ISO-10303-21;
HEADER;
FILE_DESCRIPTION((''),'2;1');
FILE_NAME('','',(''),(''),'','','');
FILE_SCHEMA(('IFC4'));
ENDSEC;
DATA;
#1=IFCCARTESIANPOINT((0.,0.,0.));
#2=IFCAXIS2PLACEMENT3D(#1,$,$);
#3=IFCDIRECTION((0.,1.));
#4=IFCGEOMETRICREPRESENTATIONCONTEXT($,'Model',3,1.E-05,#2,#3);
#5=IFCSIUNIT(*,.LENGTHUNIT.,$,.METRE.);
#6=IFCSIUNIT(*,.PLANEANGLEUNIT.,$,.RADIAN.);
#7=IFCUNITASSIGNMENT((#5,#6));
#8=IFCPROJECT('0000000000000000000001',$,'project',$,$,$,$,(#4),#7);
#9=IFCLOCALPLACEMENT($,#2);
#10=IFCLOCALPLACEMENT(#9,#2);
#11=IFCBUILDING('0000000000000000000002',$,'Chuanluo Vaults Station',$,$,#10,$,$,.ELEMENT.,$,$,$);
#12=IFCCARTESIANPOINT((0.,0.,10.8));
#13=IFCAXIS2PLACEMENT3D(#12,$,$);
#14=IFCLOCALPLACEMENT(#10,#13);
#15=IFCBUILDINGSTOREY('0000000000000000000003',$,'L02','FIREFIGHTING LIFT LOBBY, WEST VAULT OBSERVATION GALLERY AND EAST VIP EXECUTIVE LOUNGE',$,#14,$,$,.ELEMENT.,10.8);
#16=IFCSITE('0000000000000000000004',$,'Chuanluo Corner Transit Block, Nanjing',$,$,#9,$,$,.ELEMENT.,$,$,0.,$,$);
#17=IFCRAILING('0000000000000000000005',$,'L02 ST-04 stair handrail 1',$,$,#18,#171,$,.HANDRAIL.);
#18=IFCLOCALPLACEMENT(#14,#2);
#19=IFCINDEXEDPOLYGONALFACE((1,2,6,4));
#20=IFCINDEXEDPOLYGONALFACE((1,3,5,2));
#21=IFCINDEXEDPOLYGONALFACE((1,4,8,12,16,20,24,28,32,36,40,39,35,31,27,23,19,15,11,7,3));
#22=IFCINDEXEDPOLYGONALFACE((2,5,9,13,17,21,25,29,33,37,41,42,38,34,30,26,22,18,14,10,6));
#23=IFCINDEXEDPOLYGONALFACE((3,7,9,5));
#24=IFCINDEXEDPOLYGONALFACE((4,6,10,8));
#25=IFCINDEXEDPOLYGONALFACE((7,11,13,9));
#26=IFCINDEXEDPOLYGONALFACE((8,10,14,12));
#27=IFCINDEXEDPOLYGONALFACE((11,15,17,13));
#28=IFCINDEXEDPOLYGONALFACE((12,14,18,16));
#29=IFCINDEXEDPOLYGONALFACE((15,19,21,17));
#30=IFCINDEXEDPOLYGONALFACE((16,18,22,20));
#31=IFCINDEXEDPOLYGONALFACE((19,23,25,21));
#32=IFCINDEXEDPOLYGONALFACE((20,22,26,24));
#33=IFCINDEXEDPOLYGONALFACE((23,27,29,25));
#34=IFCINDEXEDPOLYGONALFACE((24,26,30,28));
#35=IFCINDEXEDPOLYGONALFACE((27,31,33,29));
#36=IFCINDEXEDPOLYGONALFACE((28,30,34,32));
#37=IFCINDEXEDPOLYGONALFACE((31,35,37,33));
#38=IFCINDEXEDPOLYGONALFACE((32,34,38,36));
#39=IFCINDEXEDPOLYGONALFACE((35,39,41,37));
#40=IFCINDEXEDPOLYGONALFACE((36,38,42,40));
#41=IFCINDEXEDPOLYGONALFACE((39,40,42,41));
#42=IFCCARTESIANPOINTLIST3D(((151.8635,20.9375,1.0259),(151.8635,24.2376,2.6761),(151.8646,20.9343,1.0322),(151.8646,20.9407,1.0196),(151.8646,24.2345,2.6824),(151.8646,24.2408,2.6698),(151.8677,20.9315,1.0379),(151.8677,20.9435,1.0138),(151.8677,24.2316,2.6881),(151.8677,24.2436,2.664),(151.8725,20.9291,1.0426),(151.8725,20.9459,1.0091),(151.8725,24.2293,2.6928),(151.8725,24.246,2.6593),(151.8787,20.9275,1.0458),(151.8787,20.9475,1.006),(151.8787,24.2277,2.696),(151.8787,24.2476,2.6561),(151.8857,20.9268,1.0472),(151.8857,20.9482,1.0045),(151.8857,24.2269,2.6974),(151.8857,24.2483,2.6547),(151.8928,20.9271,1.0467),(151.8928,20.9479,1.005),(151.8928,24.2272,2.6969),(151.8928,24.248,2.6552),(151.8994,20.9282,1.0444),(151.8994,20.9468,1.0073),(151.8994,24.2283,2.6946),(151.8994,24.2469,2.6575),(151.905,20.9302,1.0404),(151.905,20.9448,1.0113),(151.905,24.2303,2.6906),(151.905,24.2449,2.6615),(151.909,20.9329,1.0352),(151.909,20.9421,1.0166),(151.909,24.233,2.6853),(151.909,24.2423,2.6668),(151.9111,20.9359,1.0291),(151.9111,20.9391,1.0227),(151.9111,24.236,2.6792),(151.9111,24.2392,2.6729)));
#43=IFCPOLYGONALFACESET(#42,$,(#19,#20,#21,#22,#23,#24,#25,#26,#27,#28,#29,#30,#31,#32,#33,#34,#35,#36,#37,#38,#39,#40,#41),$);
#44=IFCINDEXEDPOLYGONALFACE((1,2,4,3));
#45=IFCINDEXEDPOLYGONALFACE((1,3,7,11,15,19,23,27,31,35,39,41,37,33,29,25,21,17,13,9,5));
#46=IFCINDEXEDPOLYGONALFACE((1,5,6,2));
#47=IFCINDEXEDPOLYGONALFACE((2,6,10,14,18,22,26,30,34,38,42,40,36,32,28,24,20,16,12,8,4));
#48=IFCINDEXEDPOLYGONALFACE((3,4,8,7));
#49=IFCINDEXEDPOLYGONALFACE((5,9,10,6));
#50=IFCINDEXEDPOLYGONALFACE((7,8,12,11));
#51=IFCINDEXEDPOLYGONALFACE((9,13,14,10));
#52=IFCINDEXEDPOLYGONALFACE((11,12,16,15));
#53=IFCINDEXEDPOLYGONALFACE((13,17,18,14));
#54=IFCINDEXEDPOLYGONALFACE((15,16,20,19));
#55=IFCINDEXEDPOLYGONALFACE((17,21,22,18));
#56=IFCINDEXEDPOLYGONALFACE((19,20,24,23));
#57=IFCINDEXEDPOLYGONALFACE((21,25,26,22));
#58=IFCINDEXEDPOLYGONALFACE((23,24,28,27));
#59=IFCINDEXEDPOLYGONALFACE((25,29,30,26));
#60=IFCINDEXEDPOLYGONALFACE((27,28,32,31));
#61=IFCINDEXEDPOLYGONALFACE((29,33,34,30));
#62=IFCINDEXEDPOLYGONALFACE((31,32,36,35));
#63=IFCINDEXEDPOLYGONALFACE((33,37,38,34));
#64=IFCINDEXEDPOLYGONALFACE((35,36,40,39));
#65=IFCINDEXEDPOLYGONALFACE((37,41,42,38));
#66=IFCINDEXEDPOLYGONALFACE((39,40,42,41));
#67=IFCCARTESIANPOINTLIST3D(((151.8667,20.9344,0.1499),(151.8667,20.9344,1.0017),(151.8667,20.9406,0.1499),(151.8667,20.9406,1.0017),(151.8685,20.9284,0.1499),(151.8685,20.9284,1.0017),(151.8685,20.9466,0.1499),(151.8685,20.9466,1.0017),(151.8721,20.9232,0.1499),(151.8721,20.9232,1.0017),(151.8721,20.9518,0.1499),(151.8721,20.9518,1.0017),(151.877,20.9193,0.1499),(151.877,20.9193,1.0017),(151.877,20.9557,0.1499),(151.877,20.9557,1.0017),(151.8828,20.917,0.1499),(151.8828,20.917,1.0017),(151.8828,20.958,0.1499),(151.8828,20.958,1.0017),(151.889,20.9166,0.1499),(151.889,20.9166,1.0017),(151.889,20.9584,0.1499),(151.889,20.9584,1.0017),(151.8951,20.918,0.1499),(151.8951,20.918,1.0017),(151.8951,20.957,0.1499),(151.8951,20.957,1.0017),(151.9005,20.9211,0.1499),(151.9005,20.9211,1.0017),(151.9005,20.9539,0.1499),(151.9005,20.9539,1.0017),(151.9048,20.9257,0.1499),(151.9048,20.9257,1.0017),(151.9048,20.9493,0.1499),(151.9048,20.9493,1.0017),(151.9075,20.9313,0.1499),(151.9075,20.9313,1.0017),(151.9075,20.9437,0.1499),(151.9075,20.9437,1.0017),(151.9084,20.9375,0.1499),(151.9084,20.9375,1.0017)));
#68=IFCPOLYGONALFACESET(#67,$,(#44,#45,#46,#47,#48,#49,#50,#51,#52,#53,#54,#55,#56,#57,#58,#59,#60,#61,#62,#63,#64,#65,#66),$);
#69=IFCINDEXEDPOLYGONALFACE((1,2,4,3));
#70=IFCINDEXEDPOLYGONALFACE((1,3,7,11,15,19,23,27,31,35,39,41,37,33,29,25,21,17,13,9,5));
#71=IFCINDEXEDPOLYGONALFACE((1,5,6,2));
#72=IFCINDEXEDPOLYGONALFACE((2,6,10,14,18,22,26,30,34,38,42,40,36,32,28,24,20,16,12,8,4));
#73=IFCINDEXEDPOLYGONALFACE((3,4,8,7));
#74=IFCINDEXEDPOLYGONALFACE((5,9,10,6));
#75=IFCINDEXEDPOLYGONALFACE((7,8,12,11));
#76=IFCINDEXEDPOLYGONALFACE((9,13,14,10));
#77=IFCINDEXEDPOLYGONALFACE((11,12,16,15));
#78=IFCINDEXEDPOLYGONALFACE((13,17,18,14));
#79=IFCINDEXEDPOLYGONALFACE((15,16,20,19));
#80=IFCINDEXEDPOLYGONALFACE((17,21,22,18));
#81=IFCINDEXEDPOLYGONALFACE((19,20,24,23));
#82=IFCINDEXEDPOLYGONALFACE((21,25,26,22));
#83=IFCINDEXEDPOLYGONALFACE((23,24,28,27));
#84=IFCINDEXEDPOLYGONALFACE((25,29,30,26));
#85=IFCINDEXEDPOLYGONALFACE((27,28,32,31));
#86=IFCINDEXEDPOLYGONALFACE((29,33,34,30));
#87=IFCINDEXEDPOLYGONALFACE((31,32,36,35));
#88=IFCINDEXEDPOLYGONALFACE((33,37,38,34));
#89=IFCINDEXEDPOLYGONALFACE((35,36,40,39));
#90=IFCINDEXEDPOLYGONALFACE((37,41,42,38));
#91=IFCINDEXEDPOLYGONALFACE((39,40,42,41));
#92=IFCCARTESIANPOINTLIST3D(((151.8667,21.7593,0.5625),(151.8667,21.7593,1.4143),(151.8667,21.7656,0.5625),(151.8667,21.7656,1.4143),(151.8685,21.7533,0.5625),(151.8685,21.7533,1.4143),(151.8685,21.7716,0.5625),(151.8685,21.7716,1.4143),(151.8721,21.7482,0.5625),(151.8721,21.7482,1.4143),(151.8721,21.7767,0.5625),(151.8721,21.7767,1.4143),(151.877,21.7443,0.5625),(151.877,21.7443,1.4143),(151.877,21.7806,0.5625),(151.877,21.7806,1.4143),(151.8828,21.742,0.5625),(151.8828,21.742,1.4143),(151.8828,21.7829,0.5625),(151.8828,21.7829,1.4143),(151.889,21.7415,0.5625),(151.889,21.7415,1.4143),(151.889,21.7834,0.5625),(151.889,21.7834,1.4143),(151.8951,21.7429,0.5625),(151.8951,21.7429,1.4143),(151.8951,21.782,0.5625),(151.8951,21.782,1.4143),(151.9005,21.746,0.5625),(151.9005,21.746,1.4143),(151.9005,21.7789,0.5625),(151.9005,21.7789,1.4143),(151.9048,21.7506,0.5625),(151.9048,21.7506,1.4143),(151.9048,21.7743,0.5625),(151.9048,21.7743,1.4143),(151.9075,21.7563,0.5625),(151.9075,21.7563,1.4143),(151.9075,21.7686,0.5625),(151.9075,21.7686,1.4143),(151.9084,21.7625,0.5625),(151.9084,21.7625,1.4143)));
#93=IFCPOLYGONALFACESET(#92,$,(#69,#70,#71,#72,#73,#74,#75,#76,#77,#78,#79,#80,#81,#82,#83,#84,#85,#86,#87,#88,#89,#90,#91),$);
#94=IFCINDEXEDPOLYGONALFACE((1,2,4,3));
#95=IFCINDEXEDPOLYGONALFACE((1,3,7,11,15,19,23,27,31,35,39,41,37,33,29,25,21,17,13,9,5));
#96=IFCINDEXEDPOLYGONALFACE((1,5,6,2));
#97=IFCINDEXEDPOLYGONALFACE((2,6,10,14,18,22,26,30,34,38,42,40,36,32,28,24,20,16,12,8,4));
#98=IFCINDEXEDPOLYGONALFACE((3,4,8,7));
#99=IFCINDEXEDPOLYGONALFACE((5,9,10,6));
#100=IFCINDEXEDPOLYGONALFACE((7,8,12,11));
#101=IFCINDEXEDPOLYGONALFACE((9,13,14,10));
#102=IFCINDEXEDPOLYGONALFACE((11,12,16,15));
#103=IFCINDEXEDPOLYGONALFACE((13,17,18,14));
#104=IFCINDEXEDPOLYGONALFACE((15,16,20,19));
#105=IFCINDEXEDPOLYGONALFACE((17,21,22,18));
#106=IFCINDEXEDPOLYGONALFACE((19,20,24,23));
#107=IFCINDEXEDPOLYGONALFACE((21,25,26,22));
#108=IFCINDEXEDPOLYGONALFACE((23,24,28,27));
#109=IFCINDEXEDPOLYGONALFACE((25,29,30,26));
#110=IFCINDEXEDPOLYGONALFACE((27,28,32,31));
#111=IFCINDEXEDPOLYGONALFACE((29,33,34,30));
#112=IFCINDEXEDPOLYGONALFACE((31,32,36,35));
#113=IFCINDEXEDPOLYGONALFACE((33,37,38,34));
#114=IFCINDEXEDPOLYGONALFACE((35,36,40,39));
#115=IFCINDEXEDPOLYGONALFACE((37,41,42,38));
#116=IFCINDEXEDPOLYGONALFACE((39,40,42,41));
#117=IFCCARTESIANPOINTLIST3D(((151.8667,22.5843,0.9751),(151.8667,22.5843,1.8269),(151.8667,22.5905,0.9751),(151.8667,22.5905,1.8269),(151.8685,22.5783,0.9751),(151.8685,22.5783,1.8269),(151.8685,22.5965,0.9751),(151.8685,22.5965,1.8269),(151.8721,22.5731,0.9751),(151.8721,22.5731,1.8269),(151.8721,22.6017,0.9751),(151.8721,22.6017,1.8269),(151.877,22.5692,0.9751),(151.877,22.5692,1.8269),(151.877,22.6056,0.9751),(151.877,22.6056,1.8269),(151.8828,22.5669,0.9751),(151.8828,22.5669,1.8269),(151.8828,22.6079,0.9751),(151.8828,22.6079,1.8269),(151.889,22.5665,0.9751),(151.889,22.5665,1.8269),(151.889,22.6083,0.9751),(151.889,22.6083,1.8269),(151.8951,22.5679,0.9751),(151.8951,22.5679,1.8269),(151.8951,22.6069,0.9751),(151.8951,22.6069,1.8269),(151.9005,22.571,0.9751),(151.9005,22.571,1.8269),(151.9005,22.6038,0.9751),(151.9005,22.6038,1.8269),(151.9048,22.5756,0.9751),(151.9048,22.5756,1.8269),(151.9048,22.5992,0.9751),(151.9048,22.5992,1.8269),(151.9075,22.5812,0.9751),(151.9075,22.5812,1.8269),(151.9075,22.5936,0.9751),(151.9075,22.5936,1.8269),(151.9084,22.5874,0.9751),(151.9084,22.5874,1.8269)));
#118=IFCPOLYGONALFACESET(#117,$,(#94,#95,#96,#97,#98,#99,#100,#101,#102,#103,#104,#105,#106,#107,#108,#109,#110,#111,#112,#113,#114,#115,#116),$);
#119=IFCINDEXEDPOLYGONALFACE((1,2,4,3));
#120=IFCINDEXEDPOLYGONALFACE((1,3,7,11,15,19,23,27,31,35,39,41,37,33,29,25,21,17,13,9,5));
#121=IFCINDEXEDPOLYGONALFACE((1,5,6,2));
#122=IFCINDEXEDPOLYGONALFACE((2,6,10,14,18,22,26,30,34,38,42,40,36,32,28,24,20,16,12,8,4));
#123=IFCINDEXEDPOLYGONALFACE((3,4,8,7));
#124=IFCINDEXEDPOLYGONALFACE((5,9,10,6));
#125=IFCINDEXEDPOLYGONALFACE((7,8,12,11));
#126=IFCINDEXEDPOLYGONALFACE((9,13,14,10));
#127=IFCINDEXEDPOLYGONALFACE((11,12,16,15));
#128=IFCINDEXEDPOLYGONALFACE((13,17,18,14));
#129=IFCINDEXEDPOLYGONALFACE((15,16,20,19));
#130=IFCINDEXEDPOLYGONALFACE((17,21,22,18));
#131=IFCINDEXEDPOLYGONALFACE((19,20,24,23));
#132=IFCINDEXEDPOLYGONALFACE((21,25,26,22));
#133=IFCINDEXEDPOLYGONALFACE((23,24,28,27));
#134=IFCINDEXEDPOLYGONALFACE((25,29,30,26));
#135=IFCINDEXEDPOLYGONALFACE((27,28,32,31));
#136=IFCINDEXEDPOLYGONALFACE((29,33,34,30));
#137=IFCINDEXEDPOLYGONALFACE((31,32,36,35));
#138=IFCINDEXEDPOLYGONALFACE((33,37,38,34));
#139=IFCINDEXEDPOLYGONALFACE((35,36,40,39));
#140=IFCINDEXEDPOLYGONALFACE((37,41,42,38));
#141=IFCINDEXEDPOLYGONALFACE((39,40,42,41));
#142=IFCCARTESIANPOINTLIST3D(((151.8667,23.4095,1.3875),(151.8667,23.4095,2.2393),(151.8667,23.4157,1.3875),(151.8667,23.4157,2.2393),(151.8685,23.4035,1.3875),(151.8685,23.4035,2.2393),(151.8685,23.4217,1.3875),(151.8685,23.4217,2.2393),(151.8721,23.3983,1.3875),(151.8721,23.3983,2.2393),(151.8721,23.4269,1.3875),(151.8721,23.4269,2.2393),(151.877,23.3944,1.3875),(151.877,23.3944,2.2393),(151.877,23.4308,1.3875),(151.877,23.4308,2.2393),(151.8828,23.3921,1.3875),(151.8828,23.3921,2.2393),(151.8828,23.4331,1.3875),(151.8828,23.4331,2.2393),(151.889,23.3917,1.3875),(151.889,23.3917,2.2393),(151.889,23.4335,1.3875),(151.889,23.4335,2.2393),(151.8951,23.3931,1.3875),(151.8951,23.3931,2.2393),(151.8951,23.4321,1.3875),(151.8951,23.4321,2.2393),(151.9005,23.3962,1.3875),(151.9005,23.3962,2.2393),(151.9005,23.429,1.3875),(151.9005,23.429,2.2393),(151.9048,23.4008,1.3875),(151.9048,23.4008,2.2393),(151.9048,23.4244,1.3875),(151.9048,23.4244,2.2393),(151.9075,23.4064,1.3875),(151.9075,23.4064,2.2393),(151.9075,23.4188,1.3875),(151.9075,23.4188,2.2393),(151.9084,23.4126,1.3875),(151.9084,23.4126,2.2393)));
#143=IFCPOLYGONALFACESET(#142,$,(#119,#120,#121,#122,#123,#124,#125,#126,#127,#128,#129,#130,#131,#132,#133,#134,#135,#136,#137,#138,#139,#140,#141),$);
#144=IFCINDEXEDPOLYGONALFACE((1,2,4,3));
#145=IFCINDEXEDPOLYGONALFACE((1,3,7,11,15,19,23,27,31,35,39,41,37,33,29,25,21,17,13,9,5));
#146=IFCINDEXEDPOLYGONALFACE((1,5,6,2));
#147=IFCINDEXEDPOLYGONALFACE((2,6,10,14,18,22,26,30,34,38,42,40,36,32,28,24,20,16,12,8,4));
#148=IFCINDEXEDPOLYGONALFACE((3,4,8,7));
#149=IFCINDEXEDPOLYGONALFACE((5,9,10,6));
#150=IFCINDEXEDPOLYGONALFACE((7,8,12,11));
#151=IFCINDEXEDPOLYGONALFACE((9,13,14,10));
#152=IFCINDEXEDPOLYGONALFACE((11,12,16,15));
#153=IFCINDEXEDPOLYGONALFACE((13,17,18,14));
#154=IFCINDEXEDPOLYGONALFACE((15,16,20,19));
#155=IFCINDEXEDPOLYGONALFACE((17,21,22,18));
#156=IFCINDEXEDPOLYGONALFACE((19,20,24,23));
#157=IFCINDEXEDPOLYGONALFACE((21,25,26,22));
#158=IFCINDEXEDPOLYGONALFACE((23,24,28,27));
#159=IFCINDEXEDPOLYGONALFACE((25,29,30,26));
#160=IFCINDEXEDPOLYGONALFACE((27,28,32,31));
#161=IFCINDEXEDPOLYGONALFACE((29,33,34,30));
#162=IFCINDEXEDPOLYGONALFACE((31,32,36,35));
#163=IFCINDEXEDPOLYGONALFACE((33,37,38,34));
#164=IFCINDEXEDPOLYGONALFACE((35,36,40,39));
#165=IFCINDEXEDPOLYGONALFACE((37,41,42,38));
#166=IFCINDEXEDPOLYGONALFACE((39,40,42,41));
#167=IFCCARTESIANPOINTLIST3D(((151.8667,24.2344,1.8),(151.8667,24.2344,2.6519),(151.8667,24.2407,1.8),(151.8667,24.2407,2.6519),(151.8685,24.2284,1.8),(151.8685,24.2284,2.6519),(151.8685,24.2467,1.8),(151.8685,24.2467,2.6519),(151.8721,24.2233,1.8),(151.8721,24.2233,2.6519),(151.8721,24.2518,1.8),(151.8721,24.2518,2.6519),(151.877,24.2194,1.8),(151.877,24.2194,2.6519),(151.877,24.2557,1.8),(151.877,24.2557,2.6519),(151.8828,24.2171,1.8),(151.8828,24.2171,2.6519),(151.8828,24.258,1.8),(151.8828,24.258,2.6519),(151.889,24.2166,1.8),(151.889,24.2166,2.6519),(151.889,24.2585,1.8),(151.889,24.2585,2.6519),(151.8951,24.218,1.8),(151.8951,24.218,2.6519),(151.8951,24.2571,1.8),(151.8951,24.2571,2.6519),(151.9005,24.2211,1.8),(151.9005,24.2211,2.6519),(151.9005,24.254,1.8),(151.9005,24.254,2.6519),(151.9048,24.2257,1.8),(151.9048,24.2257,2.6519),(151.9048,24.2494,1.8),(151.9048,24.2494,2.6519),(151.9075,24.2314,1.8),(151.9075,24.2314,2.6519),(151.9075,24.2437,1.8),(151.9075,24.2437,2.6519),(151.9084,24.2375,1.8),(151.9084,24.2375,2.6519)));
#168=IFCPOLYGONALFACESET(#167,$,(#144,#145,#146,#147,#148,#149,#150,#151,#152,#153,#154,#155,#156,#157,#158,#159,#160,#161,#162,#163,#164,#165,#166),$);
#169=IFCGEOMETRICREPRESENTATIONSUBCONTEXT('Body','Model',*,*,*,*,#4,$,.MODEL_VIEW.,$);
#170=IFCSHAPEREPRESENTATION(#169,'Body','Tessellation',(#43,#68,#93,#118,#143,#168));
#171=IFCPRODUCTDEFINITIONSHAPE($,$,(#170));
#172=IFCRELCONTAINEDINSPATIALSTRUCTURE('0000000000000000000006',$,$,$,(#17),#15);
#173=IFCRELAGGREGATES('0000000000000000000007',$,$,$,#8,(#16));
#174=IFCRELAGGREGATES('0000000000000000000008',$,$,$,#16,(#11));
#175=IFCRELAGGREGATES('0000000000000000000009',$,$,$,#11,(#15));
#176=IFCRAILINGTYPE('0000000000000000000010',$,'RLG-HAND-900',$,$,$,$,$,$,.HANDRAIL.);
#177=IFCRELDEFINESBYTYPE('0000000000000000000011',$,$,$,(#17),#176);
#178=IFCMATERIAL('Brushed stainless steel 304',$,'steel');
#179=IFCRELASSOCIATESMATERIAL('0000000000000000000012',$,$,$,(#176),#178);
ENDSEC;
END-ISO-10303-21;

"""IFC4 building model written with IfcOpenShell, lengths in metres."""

from ifc_helpers import new_model, si_unit, direction, frame, origin, origin_2d, place, context, subcontext, project, spatial, circle, extrude, material, type_object, element, save


model = new_model("IFC4")

# Units and contexts
model_context = context("Model", 3, precision=1e-05, world=origin(), true_north=direction((0.0, 1.0)))
body_context = subcontext(model_context, "Body", "Model", "MODEL_VIEW")
ifc_project = project(units=[si_unit("LENGTHUNIT", "METRE"), si_unit("PLANEANGLEUNIT", "RADIAN")], contexts=[model_context])

# Site, building, storey
site_placement = place(None, origin())
site = spatial("IfcSite", under=ifc_project, at=site_placement, Name="Chuanluo Corner Transit Block, Nanjing", CompositionType="ELEMENT", RefElevation=0.0)
building_placement = place(site_placement, origin())
building = spatial("IfcBuilding", under=site, at=building_placement, Name="Chuanluo Vaults Station", CompositionType="ELEMENT")
storey_placement = place(building_placement, frame((0.0, 0.0, 10.8)))
storey = spatial("IfcBuildingStorey", under=building, at=storey_placement, Name="L02", Description="FIREFIGHTING LIFT LOBBY, WEST VAULT OBSERVATION GALLERY AND EAST VIP EXECUTIVE LOUNGE", CompositionType="ELEMENT", Elevation=10.8)

# Railing
ifc_material_1 = material(Name="Brushed stainless steel 304", Category="steel")
railing_type_1 = type_object("IfcRailingType", Name="RLG-HAND-900", PredefinedType="HANDRAIL", material=ifc_material_1)
railing_1_placement = place(storey_placement, frame((151.8875, 20.9375, 0.1499)))
element("IfcRailing", 1, at=railing_1_placement, inside=storey, type_object=railing_type_1, Name="L02 ST-04 stair handrail 1", PredefinedType="HANDRAIL", context=body_context, shape_type="SweptSolid", body=[
    extrude(circle(Radius=0.0239, at=origin_2d()), frame((0.0, 0.0, 0.876), z_axis=(0.0, 0.894414, 0.44724), x_axis=(-1.0, 0.0, 0.0)), (0.0, 0.0, 1.0), 3.6897),
    extrude(circle(Radius=0.021, at=origin_2d()), origin(), (0.0, 0.0, 1.0), 0.8518),
    extrude(circle(Radius=0.021, at=origin_2d()), frame((0.0, 0.825, 0.4126)), (0.0, 0.0, 1.0), 0.8518),
    extrude(circle(Radius=0.021, at=origin_2d()), frame((0.0, 1.6499, 0.8252)), (0.0, 0.0, 1.0), 0.8518),
    extrude(circle(Radius=0.021, at=origin_2d()), frame((0.0, 2.4751, 1.2375)), (0.0, 0.0, 1.0), 0.8518),
    extrude(circle(Radius=0.021, at=origin_2d()), frame((0.0, 3.3, 1.6501)), (0.0, 0.0, 1.0), 0.8518),
])

save(model, "model.ifc")
